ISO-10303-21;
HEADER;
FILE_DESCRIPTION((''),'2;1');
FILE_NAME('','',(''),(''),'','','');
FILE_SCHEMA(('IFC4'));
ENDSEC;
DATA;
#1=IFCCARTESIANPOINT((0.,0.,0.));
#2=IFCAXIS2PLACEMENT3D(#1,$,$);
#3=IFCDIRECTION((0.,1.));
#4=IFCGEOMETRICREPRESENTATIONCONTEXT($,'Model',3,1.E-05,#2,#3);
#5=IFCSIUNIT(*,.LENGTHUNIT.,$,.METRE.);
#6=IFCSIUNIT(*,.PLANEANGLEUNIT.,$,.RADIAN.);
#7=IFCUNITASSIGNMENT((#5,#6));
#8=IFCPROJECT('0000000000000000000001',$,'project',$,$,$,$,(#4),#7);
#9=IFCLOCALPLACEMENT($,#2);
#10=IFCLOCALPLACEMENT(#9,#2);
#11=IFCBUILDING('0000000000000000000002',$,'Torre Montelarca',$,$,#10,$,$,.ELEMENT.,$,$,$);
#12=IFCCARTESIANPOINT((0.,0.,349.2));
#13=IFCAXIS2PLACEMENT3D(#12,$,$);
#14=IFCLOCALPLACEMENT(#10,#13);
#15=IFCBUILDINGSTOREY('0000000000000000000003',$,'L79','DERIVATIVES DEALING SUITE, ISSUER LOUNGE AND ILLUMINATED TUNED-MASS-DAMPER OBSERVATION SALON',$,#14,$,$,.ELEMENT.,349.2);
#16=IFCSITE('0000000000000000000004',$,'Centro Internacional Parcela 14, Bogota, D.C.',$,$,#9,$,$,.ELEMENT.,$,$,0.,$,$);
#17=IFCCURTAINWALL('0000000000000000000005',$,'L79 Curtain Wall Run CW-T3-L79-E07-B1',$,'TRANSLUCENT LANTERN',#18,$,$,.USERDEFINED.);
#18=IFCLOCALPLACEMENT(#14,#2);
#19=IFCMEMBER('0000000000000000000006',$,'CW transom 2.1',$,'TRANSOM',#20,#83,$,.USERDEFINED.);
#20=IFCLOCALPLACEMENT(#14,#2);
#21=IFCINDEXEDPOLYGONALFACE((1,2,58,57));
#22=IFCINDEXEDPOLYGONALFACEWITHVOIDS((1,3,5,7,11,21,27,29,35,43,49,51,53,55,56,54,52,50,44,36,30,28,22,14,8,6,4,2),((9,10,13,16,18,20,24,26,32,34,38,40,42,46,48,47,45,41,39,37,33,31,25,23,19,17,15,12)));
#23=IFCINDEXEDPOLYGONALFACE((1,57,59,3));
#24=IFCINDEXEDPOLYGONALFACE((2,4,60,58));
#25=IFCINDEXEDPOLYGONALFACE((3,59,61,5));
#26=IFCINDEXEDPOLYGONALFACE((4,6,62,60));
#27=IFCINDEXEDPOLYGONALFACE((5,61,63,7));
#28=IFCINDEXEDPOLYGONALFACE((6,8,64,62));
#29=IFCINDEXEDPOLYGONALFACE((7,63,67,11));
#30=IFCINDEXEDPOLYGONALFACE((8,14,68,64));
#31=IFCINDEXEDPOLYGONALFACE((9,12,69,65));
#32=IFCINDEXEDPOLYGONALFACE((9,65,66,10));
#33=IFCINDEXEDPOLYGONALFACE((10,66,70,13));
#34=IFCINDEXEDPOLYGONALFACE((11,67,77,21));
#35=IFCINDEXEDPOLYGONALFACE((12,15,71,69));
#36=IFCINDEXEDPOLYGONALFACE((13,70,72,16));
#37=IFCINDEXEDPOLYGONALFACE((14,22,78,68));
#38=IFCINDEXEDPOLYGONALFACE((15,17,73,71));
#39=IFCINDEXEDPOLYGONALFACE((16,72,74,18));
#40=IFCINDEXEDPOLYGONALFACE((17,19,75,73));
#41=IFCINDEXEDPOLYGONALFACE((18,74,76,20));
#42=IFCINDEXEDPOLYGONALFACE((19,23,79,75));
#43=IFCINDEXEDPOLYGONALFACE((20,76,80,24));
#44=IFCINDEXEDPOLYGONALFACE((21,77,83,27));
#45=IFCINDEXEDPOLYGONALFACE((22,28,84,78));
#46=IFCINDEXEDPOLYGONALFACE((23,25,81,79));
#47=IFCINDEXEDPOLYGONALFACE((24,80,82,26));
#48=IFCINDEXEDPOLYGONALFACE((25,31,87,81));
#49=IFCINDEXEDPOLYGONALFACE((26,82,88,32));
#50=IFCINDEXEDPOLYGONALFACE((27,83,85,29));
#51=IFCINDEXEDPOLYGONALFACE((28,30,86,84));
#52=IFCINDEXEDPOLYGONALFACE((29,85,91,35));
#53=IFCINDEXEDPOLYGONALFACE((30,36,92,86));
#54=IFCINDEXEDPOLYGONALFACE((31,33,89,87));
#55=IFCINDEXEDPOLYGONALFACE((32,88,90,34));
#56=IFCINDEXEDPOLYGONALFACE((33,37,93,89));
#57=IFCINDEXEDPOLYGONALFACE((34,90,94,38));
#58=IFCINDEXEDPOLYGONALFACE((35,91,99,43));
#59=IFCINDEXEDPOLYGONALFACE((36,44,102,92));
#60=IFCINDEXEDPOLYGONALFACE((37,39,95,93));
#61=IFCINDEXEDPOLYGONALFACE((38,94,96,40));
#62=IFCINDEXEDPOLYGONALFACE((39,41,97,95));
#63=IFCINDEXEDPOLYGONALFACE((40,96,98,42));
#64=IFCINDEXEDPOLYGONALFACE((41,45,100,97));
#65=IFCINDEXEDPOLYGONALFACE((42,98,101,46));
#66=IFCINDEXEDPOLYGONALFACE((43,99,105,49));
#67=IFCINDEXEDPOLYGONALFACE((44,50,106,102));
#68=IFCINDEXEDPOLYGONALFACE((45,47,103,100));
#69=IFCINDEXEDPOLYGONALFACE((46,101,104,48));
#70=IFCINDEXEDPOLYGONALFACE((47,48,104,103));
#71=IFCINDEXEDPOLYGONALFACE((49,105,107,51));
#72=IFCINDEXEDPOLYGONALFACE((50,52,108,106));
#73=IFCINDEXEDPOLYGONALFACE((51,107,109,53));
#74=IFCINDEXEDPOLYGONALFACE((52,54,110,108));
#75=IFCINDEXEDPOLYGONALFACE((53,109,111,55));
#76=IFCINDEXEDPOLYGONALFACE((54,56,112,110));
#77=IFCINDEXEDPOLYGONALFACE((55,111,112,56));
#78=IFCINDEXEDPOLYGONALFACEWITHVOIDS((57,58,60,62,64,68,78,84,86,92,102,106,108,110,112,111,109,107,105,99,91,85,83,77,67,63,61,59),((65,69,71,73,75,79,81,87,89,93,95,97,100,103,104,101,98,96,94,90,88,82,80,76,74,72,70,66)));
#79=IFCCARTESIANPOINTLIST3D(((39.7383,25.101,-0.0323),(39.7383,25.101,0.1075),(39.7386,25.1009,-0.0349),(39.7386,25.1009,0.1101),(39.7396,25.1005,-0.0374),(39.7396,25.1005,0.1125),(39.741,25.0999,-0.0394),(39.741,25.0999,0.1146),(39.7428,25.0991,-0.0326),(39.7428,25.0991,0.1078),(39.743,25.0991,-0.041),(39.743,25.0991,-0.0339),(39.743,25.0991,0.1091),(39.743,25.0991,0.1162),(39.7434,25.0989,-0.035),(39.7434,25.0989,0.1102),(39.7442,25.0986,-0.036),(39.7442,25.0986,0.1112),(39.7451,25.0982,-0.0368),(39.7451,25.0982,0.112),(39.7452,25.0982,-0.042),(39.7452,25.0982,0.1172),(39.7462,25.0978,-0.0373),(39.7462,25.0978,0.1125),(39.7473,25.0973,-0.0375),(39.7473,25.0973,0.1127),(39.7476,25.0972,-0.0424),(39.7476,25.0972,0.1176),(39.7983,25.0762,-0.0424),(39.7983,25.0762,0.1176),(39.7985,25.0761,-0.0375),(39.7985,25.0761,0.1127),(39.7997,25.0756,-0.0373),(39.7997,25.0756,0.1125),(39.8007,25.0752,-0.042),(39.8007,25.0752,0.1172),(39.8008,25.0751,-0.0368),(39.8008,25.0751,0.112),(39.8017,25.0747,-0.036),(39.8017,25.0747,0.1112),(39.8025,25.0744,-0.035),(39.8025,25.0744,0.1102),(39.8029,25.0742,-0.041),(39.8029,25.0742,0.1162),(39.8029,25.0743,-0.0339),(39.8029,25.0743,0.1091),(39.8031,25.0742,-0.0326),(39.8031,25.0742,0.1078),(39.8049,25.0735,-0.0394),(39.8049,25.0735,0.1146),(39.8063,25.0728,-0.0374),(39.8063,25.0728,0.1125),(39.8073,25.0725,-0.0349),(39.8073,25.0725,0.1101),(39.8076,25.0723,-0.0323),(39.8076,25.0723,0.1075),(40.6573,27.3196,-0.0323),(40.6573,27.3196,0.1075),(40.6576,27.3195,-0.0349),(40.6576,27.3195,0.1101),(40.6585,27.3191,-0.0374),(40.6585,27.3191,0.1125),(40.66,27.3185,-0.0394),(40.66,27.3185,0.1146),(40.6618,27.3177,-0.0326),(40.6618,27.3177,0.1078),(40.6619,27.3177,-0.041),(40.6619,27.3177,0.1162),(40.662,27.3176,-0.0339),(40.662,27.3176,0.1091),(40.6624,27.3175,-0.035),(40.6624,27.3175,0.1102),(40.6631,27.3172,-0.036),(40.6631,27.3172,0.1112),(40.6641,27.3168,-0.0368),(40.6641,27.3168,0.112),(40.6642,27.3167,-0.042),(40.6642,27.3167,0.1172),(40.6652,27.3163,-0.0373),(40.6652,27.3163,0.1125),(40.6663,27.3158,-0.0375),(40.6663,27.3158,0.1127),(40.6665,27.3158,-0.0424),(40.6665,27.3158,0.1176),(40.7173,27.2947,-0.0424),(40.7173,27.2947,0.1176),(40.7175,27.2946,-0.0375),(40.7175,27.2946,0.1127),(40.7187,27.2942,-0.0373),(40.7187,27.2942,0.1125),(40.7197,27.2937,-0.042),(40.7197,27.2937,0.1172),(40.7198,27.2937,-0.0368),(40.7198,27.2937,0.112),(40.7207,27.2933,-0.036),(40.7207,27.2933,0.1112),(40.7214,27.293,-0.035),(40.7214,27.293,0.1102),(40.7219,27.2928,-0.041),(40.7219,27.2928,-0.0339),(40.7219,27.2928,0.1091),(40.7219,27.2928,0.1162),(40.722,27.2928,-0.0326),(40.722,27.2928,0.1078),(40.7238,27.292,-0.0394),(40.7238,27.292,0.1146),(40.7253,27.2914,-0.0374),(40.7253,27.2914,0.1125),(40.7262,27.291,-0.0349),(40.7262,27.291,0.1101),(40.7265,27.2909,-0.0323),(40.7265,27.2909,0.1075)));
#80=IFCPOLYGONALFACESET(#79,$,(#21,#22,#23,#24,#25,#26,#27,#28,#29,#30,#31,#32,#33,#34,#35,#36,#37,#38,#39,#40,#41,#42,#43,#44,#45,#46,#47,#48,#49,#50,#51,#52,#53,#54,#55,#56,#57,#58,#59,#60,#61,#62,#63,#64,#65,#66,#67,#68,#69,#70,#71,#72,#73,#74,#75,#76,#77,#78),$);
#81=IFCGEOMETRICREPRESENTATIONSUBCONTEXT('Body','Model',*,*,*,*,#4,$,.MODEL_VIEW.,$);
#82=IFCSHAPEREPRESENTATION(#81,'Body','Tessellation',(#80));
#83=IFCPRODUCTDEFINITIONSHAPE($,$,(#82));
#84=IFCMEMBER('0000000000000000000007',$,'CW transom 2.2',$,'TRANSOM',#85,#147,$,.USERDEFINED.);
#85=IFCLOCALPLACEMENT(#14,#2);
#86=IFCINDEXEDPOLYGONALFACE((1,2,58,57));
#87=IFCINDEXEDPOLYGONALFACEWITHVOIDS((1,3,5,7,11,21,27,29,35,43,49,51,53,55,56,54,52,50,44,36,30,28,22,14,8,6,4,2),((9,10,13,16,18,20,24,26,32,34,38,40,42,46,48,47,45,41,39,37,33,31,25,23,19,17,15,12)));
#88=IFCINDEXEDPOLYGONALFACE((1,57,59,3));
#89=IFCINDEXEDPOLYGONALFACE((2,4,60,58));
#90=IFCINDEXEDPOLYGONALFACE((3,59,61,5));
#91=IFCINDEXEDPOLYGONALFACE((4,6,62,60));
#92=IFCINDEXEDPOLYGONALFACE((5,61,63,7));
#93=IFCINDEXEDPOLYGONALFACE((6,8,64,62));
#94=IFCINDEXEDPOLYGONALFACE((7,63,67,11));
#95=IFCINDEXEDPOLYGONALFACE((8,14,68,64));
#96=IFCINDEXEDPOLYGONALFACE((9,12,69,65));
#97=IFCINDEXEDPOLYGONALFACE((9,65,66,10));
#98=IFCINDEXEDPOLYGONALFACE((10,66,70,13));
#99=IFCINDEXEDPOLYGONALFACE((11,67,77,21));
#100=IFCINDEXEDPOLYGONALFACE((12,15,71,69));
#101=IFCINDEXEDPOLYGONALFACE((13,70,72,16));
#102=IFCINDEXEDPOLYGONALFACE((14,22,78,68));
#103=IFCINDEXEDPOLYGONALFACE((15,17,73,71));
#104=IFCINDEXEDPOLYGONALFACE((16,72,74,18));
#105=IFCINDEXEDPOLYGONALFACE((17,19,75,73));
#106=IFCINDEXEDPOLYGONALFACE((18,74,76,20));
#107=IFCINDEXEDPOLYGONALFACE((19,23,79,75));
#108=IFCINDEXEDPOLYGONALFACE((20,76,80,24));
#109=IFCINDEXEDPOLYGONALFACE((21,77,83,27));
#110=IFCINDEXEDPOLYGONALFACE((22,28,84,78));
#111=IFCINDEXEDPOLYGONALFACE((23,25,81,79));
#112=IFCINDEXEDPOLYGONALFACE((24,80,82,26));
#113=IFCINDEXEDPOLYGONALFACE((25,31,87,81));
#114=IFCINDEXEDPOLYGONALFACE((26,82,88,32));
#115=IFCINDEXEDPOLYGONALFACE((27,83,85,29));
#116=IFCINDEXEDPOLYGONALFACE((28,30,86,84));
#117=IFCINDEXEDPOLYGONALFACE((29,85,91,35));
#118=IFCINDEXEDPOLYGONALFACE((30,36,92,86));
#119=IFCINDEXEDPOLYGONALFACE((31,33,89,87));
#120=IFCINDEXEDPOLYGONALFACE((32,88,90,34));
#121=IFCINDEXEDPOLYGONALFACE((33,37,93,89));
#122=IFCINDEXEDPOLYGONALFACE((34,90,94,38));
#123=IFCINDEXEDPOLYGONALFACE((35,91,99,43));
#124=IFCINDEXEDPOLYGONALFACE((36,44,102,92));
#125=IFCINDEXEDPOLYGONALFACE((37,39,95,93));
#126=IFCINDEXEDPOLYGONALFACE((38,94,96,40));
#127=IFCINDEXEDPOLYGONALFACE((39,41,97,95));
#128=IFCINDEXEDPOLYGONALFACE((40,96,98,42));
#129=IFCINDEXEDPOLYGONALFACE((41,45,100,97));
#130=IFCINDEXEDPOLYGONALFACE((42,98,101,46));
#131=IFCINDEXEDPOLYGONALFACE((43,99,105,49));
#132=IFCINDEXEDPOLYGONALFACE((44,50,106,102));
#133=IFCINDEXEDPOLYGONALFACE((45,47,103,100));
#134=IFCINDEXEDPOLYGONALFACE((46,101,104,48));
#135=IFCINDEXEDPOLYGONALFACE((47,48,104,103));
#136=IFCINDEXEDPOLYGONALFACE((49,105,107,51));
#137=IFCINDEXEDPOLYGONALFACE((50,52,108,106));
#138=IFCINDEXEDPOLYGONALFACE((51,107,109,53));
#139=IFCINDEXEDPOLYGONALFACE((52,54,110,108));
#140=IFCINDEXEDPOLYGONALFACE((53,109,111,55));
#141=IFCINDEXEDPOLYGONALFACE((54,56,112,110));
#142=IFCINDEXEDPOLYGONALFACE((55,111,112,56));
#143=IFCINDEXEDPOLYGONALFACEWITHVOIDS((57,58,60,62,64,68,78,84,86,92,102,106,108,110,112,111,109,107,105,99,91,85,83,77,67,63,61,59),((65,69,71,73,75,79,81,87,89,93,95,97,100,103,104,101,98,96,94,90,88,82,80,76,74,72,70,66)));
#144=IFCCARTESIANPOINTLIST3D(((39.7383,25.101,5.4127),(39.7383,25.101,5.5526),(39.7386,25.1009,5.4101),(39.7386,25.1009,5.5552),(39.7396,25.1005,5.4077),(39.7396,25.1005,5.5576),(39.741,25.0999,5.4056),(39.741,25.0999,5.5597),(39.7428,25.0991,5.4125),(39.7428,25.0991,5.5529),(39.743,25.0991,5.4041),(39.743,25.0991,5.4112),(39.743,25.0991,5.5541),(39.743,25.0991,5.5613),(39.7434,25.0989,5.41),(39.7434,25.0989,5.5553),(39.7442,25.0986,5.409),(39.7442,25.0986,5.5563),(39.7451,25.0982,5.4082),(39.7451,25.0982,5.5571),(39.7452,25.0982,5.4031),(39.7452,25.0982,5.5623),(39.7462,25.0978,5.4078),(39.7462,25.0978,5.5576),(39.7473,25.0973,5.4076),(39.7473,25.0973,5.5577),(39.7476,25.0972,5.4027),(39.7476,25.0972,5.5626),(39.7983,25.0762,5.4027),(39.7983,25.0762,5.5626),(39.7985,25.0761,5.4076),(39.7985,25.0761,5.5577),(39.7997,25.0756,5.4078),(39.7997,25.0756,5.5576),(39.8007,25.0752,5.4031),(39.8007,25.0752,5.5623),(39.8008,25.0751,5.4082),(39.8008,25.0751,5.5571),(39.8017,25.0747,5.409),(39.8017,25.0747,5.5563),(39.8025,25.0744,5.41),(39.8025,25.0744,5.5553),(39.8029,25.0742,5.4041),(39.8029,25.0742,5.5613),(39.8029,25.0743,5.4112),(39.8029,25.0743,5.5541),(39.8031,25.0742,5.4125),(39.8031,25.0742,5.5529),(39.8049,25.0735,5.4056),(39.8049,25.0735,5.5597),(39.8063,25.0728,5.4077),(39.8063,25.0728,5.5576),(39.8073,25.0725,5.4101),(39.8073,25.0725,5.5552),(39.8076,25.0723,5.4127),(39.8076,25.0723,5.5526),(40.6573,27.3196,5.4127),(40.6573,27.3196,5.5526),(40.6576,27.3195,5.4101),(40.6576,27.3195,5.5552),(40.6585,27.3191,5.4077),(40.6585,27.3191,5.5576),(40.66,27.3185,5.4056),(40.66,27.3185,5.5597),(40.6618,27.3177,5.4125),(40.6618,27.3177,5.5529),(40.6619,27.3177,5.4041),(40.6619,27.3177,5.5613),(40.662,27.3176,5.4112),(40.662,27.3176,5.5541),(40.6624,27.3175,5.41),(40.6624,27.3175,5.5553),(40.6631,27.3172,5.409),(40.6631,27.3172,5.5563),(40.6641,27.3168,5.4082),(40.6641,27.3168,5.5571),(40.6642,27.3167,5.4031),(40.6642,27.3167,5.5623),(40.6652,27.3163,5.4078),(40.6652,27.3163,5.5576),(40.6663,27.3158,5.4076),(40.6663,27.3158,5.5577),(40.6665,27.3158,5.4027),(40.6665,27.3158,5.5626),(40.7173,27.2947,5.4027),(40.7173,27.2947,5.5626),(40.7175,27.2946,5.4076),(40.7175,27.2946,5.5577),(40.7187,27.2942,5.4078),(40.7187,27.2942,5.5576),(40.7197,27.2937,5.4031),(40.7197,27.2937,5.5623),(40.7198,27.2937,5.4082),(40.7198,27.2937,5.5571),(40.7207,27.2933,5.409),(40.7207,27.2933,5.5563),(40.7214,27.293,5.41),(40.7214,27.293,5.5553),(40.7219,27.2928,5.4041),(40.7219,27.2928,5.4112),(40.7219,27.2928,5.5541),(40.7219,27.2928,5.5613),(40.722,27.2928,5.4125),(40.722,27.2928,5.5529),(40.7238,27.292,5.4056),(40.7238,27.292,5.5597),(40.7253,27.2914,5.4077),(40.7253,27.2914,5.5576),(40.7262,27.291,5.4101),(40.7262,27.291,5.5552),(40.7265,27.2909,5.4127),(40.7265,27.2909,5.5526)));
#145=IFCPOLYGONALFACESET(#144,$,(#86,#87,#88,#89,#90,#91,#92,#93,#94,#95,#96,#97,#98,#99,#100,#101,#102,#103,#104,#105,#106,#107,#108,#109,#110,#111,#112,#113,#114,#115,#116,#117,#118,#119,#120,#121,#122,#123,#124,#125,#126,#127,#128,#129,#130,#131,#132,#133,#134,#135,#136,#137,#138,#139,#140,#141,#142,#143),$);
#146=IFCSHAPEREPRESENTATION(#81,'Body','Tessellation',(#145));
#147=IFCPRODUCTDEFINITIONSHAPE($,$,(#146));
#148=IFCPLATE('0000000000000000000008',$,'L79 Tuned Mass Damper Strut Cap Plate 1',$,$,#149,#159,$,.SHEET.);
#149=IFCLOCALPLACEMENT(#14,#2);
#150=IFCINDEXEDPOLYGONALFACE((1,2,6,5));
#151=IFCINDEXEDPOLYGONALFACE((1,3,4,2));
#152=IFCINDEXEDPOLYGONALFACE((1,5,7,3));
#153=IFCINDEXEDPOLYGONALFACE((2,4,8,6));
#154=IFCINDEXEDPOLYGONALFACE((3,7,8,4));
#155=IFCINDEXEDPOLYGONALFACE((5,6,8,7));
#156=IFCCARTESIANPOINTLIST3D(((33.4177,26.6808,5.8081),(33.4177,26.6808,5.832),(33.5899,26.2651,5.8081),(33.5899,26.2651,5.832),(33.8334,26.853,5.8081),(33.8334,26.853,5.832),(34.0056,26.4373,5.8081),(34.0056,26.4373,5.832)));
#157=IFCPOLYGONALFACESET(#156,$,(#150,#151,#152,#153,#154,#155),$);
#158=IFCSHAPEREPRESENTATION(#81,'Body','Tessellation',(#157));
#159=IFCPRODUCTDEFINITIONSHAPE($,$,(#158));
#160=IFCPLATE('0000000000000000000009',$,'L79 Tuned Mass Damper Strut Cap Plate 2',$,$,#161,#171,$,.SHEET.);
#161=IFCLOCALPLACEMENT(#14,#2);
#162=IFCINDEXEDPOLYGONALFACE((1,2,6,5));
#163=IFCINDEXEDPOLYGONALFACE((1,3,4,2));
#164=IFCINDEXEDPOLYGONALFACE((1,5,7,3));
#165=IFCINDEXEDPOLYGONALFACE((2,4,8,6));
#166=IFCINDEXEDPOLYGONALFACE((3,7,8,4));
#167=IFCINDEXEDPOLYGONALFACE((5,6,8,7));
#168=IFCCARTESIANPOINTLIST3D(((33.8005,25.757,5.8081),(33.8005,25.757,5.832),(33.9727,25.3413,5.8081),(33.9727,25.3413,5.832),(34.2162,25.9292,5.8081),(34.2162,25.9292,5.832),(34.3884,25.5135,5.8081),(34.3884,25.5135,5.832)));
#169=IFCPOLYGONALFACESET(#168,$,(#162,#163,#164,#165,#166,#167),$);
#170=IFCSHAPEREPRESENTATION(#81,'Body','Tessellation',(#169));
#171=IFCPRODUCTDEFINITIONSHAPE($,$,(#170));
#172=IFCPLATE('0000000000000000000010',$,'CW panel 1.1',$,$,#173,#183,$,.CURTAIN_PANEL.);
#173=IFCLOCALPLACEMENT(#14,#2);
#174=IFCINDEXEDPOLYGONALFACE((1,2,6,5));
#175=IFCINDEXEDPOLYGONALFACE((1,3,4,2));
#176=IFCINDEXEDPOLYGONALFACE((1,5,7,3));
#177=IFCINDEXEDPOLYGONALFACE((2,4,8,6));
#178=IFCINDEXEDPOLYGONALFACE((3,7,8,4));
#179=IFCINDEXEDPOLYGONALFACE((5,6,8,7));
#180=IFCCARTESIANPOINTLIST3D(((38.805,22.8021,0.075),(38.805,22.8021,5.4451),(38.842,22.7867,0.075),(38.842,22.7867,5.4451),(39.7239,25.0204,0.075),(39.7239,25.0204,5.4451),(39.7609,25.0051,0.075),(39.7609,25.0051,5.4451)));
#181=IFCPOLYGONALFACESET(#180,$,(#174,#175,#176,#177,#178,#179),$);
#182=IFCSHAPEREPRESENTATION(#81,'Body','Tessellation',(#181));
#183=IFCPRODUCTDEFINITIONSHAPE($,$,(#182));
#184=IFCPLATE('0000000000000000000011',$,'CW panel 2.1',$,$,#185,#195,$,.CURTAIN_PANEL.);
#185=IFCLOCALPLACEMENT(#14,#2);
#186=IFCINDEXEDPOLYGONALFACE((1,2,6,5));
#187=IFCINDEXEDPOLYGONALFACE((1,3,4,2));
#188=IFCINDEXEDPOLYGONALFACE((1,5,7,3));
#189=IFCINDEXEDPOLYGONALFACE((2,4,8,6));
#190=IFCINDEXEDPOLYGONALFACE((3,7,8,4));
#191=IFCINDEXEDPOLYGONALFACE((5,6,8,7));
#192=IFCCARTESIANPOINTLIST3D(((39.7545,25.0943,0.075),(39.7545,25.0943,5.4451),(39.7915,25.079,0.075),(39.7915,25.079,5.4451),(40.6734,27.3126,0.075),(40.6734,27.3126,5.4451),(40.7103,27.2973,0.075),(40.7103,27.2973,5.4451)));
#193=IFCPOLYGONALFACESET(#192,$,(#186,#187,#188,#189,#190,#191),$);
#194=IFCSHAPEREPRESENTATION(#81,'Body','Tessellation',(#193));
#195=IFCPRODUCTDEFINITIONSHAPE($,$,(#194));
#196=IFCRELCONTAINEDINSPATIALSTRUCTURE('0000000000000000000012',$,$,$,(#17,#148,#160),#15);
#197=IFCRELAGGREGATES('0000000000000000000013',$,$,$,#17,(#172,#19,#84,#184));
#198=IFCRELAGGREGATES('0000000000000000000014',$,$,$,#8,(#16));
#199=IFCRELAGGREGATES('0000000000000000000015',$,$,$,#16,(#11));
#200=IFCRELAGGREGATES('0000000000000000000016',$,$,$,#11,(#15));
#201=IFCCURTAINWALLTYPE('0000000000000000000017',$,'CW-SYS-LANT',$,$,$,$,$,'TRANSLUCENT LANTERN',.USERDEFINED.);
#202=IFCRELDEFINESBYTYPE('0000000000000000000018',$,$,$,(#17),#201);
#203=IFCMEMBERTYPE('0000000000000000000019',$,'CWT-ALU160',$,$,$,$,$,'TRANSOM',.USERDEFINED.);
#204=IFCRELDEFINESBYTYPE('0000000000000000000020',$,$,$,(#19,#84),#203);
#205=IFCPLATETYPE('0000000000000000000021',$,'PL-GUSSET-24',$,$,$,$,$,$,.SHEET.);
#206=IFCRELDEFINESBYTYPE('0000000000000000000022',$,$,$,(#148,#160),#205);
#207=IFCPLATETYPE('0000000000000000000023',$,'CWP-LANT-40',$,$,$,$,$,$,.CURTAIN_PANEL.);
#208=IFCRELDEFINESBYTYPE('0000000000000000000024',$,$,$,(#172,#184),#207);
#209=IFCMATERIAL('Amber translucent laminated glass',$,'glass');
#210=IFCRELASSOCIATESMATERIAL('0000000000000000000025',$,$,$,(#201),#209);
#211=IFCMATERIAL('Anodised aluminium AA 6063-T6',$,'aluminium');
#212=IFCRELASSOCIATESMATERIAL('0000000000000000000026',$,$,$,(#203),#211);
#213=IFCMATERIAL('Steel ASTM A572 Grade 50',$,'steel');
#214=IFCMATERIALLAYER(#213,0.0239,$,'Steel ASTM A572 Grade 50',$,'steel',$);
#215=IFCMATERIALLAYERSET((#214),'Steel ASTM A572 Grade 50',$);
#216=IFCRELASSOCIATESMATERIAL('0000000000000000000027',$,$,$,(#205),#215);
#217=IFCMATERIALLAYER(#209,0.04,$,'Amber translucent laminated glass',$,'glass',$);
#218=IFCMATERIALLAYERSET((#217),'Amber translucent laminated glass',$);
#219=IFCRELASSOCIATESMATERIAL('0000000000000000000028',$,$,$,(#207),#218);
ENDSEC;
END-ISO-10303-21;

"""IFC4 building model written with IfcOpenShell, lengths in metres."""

from ifc_helpers import new_model, si_unit, direction, frame, origin, origin_2d, place, context, subcontext, project, spatial, rectangle, hollow_rectangle, extrude, source, transform, mapped, material, layer, layer_set, material_profile, profile_set, type_object, element, aggregate, save


model = new_model("IFC4")

# Units and contexts
model_context = context("Model", 3, precision=1e-05, world=origin(), true_north=direction((0.0, 1.0)))
body_context = subcontext(model_context, "Body", "Model", "MODEL_VIEW")
ifc_project = project(units=[si_unit("LENGTHUNIT", "METRE"), si_unit("PLANEANGLEUNIT", "RADIAN")], contexts=[model_context])

# Site, building, storey
site_placement = place(None, origin())
site = spatial("IfcSite", under=ifc_project, at=site_placement, Name="Centro Internacional Parcela 14, Bogota, D.C.", CompositionType="ELEMENT", RefElevation=0.0)
building_placement = place(site_placement, origin())
building = spatial("IfcBuilding", under=site, at=building_placement, Name="Torre Montelarca", CompositionType="ELEMENT")
storey_placement = place(building_placement, frame((0.0, 0.0, 349.2)))
storey = spatial("IfcBuildingStorey", under=building, at=storey_placement, Name="L79", Description="DERIVATIVES DEALING SUITE, ISSUER LOUNGE AND ILLUMINATED TUNED-MASS-DAMPER OBSERVATION SALON", CompositionType="ELEMENT", Elevation=349.2)

# Curtain wall, members
ifc_material_1 = material(Name="Amber translucent laminated glass", Category="glass")
curtain_wall_type = type_object("IfcCurtainWallType", Name="CW-SYS-LANT", ElementType="TRANSLUCENT LANTERN", PredefinedType="USERDEFINED", material=ifc_material_1)
curtain_wall_placement = place(storey_placement, origin())
curtain_wall = element("IfcCurtainWall", 1, at=curtain_wall_placement, inside=storey, type_object=curtain_wall_type, Name="L79 Curtain Wall Run CW-T3-L79-E07-B1", ObjectType="TRANSLUCENT LANTERN", PredefinedType="USERDEFINED")
ifc_material_2 = material(Name="Anodised aluminium AA 6063-T6", Category="aluminium")
ifc_material_profile_1 = material_profile(ifc_material_2, hollow_rectangle(XDim=0.075, YDim=0.1599, WallThickness=0.0049, InnerFilletRadius=0.0049, OuterFilletRadius=0.01, at=origin_2d()), Name="ALU75X160X5", Category="aluminium")
ifc_profile_set_1 = profile_set([ifc_material_profile_1], Name="Anodised aluminium AA 6063-T6")
member_type_1 = type_object("IfcMemberType", Name="CWT-ALU160", ElementType="TRANSOM", PredefinedType="USERDEFINED", material=ifc_profile_set_1)
shared_shape_1 = source(origin(), body_context, "Body", "SweptSolid", [
    extrude(hollow_rectangle(XDim=0.075, YDim=0.1599, WallThickness=0.0049, InnerFilletRadius=0.0049, OuterFilletRadius=0.01, at=origin_2d()), origin(), (0.0, 0.0, 1.0), 2.4014),
])
member_1_placement = place(storey_placement, frame((39.7729, 25.0867, 0.0376), z_axis=(0.382687, 0.923878, 0.0), x_axis=(-0.923878, 0.382687, 0.0)))
member_1 = element("IfcMember", 2, at=member_1_placement, type_object=member_type_1, Name="CW transom 2.1", ObjectType="TRANSOM", PredefinedType="USERDEFINED", context=body_context, shape_type="MappedRepresentation", body=[
    mapped(shared_shape_1, transform((0.0, 0.0, 0.0), scale=1.0)),
])
member_2_placement = place(storey_placement, frame((39.7729, 25.0867, 5.4827), z_axis=(0.382687, 0.923878, 0.0), x_axis=(-0.923878, 0.382687, 0.0)))
member_2 = element("IfcMember", 3, at=member_2_placement, type_object=member_type_1, Name="CW transom 2.2", ObjectType="TRANSOM", PredefinedType="USERDEFINED", context=body_context, shape_type="MappedRepresentation", body=[
    mapped(shared_shape_1, transform((0.0, 0.0, 0.0), scale=1.0)),
])

# Plates
ifc_material_3 = material(Name="Steel ASTM A572 Grade 50", Category="steel")
ifc_layer_1 = layer(ifc_material_3, 0.0239, Name="Steel ASTM A572 Grade 50", Category="steel")
ifc_layer_set_1 = layer_set([ifc_layer_1], Name="Steel ASTM A572 Grade 50")
plate_type_1 = type_object("IfcPlateType", Name="PL-GUSSET-24", PredefinedType="SHEET", material=ifc_layer_set_1)
shared_shape_2 = source(origin(), body_context, "Body", "SweptSolid", [
    extrude(rectangle(XDim=0.45, YDim=0.45, at=origin_2d()), origin(), (0.0, 0.0, 1.0), 0.0239),
])
for number, where, z_axis, x_axis, name in (
    (4, (33.7117, 26.5591, 5.8081), (0.0, 0.0, 1.0), (-0.382683, 0.92388, 0.0), "L79 Tuned Mass Damper Strut Cap Plate 1"),
    (5, (34.0945, 25.6353, 5.8081), (0.0, 0.0, 1.0), (-0.382683, 0.92388, 0.0), "L79 Tuned Mass Damper Strut Cap Plate 2"),
):
    element("IfcPlate", number, at=place(storey_placement, frame(where, z_axis=z_axis, x_axis=x_axis)), inside=storey, type_object=plate_type_1, Name=name, PredefinedType="SHEET", context=body_context, shape_type="MappedRepresentation", body=[
        mapped(shared_shape_2, transform((0.0, 0.0, 0.0), scale=1.0)),
    ])

# Plates
ifc_layer_2 = layer(ifc_material_1, 0.04, Name="Amber translucent laminated glass", Category="glass")
ifc_layer_set_2 = layer_set([ifc_layer_2], Name="Amber translucent laminated glass")
plate_type_2 = type_object("IfcPlateType", Name="CWP-LANT-40", PredefinedType="CURTAIN_PANEL", material=ifc_layer_set_2)
shared_shape_3 = source(origin(), body_context, "Body", "SweptSolid", [
    extrude(rectangle(XDim=2.4011, YDim=0.04, at=origin_2d()), origin(), (0.0, 0.0, 1.0), 5.3701),
])
plate_1_placement = place(storey_placement, frame((39.283, 23.9036, 0.075), z_axis=(0.0, 0.0, 1.0), x_axis=(0.382681, 0.923881, 0.0)))
plate_1 = element("IfcPlate", 6, at=plate_1_placement, type_object=plate_type_2, Name="CW panel 1.1", PredefinedType="CURTAIN_PANEL", context=body_context, shape_type="MappedRepresentation", body=[
    mapped(shared_shape_3, transform((0.0, 0.0, 0.0), scale=1.0)),
])
plate_2_placement = place(storey_placement, frame((40.2324, 26.1958, 0.075), z_axis=(0.0, 0.0, 1.0), x_axis=(0.382681, 0.923881, 0.0)))
plate_2 = element("IfcPlate", 7, at=plate_2_placement, type_object=plate_type_2, Name="CW panel 2.1", PredefinedType="CURTAIN_PANEL", context=body_context, shape_type="MappedRepresentation", body=[
    mapped(shared_shape_3, transform((0.0, 0.0, 0.0), scale=1.0)),
])
aggregate(curtain_wall, [plate_1, member_1, member_2, plate_2])

save(model, "model.ifc")
